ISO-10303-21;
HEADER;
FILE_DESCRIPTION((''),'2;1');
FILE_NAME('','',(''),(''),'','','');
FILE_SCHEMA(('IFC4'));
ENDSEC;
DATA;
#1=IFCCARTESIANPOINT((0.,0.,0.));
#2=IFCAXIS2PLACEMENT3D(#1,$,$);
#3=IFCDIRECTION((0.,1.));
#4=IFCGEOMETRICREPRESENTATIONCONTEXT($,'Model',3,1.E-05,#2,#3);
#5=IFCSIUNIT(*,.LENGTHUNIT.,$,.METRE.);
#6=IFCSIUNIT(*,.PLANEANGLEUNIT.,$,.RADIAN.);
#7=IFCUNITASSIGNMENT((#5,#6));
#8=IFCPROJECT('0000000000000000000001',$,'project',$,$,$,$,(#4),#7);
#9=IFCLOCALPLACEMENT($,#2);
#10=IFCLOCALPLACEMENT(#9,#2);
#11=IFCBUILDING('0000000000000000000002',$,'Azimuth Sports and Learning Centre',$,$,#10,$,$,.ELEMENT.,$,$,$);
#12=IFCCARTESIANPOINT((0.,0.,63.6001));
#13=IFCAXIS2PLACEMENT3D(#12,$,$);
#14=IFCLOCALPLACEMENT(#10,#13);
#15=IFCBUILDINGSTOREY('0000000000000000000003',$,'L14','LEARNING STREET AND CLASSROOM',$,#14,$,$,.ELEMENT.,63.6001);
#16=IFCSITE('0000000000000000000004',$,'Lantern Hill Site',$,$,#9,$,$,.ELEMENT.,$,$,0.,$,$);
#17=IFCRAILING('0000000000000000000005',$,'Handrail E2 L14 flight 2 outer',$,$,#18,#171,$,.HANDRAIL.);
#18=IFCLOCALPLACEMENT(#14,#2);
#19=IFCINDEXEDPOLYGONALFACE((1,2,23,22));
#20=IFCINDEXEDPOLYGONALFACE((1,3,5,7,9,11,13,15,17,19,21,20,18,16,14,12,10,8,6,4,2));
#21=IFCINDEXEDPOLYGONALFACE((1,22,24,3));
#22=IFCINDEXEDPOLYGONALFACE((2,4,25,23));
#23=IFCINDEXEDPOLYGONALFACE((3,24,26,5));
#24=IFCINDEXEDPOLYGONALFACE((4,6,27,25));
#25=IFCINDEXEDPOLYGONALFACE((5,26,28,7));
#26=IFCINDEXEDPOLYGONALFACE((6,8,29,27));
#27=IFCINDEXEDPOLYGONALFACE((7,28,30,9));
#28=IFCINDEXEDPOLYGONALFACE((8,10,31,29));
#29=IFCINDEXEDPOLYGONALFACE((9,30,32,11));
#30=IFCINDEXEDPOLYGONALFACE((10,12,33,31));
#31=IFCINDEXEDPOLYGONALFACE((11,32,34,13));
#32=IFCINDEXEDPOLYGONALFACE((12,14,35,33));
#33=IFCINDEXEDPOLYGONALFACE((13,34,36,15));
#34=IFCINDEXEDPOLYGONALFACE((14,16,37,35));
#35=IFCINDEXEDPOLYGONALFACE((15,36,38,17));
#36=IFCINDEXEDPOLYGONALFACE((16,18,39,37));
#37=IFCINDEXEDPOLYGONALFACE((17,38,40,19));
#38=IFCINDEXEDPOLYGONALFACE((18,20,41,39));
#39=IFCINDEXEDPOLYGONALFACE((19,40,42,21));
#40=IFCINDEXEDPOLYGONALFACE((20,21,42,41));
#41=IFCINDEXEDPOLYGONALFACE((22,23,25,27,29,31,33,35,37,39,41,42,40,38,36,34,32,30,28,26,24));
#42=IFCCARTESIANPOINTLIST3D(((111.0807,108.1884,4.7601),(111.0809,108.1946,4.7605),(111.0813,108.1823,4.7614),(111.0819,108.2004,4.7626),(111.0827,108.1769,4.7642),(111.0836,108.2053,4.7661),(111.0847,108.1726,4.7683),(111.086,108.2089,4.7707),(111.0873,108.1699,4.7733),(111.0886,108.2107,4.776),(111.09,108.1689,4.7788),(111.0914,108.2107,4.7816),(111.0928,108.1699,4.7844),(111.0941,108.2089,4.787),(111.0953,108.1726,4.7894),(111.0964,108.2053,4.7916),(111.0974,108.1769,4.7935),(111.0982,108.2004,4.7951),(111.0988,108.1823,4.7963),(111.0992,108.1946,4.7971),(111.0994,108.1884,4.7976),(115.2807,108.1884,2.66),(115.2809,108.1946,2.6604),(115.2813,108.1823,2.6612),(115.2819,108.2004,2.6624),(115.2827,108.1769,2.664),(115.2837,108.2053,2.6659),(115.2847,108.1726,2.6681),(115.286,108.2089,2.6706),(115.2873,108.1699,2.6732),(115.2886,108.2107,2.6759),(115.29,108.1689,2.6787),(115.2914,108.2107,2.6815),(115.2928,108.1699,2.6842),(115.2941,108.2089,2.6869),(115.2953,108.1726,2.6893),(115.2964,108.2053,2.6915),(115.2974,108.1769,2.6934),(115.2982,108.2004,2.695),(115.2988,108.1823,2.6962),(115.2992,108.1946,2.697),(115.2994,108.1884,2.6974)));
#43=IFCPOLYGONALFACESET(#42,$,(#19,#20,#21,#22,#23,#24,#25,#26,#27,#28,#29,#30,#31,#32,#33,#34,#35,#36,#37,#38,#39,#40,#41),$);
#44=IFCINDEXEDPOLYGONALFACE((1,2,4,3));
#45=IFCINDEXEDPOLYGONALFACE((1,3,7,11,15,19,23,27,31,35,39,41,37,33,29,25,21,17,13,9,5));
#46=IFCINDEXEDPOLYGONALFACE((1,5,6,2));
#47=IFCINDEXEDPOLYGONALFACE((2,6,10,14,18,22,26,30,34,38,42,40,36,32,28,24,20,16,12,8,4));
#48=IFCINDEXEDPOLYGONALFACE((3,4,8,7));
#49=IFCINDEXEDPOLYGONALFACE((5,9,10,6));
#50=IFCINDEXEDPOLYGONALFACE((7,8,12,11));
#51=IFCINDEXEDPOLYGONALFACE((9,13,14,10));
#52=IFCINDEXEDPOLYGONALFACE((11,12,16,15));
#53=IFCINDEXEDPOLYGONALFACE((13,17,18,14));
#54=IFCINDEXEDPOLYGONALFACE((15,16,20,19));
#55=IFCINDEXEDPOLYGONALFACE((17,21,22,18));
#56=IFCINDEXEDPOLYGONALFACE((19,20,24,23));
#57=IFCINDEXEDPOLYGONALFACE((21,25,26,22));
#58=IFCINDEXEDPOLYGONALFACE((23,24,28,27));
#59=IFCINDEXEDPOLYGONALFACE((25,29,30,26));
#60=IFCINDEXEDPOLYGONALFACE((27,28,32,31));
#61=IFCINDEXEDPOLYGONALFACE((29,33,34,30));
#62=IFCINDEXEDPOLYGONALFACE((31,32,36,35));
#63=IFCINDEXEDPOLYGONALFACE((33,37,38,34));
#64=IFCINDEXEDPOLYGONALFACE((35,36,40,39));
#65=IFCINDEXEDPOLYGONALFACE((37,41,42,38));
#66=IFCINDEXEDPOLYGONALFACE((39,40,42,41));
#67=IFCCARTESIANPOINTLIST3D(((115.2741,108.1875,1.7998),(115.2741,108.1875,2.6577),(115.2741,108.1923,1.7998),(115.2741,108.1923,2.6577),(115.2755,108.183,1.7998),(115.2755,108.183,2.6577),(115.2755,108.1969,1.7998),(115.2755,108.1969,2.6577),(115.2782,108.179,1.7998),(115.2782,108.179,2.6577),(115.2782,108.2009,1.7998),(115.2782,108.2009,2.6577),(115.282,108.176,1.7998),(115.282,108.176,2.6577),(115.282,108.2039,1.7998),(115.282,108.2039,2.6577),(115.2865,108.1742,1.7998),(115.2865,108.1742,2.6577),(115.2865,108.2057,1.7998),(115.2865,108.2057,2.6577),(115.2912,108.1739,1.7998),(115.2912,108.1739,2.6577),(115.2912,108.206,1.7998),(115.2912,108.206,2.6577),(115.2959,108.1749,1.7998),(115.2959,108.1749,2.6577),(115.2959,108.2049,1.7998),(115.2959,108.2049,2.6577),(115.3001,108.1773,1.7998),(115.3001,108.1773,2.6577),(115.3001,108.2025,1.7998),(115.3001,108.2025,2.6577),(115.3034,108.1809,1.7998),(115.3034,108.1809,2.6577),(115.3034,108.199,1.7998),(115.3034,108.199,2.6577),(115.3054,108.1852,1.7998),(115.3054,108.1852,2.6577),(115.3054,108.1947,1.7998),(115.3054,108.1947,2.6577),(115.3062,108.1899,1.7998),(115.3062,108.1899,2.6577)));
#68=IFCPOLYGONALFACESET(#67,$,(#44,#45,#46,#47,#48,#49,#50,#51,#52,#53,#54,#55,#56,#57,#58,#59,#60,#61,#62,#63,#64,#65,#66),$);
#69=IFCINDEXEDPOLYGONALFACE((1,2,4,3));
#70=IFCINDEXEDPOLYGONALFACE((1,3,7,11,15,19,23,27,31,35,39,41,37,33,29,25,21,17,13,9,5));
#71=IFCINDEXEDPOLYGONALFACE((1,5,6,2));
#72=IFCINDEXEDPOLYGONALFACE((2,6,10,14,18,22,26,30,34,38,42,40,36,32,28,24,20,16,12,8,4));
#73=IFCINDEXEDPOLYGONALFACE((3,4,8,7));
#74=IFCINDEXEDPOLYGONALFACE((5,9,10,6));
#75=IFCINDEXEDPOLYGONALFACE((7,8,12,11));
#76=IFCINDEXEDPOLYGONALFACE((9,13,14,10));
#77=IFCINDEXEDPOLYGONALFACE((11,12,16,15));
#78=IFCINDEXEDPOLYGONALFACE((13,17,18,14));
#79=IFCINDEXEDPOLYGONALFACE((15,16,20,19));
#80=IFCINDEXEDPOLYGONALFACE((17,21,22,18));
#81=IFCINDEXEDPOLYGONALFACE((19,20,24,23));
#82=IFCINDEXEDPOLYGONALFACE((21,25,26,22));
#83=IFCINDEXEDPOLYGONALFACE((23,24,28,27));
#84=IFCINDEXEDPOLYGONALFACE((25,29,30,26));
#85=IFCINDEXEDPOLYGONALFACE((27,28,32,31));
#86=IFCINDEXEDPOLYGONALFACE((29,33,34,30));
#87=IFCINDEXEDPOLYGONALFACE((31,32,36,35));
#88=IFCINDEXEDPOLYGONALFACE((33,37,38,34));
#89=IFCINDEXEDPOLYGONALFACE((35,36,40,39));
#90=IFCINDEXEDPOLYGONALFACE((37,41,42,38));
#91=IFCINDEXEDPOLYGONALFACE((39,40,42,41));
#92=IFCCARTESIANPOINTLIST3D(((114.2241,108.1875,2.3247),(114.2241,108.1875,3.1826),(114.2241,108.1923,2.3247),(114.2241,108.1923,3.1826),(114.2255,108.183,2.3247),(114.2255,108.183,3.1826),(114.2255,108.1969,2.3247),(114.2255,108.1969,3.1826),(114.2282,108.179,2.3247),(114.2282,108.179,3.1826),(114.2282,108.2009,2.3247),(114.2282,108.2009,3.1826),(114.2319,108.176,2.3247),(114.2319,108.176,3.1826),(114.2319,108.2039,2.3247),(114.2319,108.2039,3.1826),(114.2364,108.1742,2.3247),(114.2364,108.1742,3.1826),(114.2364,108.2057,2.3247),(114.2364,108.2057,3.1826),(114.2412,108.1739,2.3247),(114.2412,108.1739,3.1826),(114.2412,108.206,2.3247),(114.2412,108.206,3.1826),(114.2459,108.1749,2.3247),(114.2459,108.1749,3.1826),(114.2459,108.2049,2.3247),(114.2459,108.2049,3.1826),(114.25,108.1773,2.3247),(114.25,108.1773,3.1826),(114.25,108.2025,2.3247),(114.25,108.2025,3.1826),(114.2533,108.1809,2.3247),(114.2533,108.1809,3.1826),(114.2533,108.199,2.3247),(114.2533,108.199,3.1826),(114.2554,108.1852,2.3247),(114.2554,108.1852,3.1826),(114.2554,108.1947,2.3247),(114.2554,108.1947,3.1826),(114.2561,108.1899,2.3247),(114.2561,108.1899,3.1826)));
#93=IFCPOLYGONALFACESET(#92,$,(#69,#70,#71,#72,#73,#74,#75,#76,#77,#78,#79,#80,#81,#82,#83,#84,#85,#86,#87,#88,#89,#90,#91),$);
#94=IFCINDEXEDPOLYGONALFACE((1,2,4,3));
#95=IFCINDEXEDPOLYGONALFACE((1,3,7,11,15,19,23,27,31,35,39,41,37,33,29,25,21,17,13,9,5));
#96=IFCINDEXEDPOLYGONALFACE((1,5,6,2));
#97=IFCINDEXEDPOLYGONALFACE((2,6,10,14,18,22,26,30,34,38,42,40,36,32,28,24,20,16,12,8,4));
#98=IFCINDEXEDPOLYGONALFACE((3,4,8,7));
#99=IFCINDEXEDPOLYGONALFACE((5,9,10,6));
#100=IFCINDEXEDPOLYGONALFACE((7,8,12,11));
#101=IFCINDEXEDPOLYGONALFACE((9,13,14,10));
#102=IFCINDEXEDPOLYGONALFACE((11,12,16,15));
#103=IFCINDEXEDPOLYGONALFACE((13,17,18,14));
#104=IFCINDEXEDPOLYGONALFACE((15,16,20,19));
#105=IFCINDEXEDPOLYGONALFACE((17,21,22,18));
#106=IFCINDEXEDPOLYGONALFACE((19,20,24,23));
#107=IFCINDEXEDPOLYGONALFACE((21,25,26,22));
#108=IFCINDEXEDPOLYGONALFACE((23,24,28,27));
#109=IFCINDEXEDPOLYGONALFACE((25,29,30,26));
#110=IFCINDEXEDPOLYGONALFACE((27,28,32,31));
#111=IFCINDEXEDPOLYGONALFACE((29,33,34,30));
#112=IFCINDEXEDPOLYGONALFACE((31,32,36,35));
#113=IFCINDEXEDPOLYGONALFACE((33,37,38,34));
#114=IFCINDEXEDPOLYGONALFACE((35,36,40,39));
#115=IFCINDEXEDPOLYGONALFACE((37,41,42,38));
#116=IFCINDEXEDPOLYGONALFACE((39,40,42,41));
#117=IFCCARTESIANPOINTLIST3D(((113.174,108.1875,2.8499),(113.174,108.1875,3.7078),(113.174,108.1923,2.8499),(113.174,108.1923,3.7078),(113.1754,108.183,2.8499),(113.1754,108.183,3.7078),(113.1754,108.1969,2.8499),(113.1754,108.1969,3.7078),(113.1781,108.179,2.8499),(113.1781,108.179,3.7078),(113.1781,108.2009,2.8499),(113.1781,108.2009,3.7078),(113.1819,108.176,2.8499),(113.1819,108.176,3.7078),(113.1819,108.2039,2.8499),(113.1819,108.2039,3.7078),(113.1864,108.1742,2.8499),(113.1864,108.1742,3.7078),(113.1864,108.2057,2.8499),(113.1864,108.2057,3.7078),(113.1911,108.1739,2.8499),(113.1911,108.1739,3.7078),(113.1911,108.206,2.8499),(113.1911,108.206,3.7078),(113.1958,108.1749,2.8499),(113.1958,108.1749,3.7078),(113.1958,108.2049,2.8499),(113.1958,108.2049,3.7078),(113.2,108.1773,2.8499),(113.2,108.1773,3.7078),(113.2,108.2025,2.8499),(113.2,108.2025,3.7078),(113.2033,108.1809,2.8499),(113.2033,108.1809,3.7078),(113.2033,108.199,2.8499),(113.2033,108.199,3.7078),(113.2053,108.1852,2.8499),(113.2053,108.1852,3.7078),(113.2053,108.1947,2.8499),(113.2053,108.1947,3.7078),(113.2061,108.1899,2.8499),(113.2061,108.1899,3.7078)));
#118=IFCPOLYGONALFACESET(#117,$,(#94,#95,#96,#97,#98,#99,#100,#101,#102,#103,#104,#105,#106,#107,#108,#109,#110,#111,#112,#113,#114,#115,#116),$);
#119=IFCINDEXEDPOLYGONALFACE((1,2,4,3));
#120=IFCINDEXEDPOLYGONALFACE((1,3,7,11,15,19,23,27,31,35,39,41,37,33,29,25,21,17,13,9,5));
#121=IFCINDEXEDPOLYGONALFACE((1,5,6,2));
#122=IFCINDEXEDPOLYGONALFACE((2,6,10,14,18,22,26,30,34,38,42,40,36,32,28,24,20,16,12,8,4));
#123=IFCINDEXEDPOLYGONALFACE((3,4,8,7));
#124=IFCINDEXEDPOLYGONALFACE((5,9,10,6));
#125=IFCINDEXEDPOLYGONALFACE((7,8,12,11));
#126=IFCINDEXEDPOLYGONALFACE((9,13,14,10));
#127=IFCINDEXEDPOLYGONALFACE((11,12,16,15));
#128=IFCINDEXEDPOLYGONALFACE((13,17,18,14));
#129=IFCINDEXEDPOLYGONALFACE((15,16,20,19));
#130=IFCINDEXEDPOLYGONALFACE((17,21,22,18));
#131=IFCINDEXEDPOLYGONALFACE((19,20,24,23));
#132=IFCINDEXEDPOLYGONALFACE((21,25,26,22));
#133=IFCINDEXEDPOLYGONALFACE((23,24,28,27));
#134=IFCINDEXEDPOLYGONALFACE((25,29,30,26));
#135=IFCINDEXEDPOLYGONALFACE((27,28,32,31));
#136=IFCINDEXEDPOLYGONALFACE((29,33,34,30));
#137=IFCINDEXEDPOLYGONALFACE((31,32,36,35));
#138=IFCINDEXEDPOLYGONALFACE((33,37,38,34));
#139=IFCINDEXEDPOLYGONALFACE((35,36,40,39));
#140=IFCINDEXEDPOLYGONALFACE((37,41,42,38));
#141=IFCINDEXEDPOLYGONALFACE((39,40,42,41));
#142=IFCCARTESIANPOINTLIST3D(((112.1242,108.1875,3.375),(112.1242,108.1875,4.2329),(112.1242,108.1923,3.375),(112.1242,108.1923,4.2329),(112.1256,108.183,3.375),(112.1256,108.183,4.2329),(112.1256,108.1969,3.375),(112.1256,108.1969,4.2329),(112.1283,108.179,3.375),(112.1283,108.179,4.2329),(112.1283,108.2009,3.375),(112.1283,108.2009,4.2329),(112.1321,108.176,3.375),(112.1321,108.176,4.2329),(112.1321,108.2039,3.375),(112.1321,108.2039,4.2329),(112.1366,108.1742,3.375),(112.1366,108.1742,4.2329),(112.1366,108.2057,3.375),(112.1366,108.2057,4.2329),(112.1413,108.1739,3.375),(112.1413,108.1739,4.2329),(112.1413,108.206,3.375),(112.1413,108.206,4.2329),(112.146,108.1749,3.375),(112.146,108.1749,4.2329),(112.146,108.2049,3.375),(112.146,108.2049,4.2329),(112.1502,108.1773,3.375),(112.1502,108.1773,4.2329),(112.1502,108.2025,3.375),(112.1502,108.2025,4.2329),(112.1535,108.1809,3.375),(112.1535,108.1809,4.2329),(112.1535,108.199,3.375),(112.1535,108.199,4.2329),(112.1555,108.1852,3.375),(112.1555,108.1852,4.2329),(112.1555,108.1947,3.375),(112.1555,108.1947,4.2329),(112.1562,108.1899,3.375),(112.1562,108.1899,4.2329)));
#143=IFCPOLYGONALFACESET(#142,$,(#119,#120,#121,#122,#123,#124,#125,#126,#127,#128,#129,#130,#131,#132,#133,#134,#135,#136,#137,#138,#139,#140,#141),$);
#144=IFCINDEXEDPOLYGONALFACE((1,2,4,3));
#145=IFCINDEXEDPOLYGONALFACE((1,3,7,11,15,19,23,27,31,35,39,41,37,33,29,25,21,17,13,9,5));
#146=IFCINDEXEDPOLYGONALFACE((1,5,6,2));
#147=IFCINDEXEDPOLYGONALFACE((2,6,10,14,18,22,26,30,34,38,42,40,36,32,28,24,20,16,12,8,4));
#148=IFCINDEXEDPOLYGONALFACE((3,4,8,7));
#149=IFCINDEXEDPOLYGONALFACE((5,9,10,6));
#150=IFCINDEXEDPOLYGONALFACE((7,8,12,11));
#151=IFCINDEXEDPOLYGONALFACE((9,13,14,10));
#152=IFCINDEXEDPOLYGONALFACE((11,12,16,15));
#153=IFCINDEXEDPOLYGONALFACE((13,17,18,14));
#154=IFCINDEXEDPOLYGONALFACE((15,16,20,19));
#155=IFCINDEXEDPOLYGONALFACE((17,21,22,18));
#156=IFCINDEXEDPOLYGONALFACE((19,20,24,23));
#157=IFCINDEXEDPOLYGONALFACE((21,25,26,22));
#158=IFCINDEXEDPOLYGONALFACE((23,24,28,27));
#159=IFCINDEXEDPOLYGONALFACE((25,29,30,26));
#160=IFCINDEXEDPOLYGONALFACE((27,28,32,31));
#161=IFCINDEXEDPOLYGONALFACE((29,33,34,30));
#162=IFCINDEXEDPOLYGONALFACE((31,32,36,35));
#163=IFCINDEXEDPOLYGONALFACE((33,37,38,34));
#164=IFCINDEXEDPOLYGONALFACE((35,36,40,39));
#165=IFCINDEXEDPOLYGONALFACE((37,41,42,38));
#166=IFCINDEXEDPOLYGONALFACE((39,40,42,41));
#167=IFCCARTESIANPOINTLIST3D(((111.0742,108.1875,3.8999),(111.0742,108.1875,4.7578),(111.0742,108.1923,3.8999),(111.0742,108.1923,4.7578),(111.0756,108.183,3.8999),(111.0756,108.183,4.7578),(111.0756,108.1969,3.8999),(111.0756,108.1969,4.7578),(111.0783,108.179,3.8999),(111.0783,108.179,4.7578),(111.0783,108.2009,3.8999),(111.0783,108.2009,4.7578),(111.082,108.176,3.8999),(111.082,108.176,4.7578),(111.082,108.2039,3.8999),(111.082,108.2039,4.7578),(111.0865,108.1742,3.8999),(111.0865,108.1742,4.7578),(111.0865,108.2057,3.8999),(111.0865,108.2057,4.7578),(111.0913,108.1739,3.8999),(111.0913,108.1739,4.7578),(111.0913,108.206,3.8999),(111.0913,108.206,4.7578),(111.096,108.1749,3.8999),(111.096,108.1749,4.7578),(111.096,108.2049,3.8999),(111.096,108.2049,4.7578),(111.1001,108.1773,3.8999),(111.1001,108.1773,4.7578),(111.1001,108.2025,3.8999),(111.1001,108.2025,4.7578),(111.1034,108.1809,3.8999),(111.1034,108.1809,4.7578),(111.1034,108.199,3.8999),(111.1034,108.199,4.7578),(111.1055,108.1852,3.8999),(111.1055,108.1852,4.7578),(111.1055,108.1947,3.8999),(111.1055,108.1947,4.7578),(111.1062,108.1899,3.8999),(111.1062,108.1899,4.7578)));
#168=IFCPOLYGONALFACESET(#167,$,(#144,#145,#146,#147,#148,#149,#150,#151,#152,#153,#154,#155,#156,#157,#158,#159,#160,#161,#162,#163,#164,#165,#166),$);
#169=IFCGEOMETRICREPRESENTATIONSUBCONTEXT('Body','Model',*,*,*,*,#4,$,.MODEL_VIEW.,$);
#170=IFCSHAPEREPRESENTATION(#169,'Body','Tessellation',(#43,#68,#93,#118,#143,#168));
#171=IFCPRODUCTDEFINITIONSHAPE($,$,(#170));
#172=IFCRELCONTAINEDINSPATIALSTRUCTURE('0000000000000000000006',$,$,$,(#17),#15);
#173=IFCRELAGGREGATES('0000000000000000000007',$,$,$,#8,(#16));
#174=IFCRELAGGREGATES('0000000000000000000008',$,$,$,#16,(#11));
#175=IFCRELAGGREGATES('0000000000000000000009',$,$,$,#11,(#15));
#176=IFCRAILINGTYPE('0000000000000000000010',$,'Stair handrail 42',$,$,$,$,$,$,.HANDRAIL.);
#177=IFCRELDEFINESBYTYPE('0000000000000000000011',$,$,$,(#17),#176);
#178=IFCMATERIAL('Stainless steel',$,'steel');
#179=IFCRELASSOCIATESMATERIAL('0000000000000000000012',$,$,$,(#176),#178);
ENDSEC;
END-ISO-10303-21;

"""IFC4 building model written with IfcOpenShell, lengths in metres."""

from ifc_helpers import new_model, si_unit, direction, frame, origin, origin_2d, place, context, subcontext, project, spatial, circle, extrude, material, type_object, element, save


model = new_model("IFC4")

# Units and contexts
model_context = context("Model", 3, precision=1e-05, world=origin(), true_north=direction((0.0, 1.0)))
body_context = subcontext(model_context, "Body", "Model", "MODEL_VIEW")
ifc_project = project(units=[si_unit("LENGTHUNIT", "METRE"), si_unit("PLANEANGLEUNIT", "RADIAN")], contexts=[model_context])

# Site, building, storey
site_placement = place(None, origin())
site = spatial("IfcSite", under=ifc_project, at=site_placement, Name="Lantern Hill Site", CompositionType="ELEMENT", RefElevation=0.0)
building_placement = place(site_placement, origin())
building = spatial("IfcBuilding", under=site, at=building_placement, Name="Azimuth Sports and Learning Centre", CompositionType="ELEMENT")
storey_placement = place(building_placement, frame((0.0, 0.0, 63.6001)))
storey = spatial("IfcBuildingStorey", under=building, at=storey_placement, Name="L14", Description="LEARNING STREET AND CLASSROOM", CompositionType="ELEMENT", Elevation=63.6001)

# Railing
ifc_material_1 = material(Name="Stainless steel", Category="steel")
railing_type = type_object("IfcRailingType", Name="Stair handrail 42", PredefinedType="HANDRAIL", material=ifc_material_1)
for number, where, name in (
    (1, (115.29, 108.1899, 1.7998), "Handrail E2 L14 flight 2 outer"),
):
    element("IfcRailing", number, at=place(storey_placement, frame(where)), inside=storey, type_object=railing_type, Name=name, PredefinedType="HANDRAIL", context=body_context, shape_type="SweptSolid", body=[
        extrude(circle(Radius=0.021, at=origin_2d()), frame((0.0, 0.0, 0.8789), z_axis=(-0.894417, 0.0, 0.447234), x_axis=(0.0, -1.0, 0.0)), (0.0, 0.0, 1.0), 4.6958),
        extrude(circle(Radius=0.0161, at=origin_2d()), origin(), (0.0, 0.0, 1.0), 0.8579),
        extrude(circle(Radius=0.0161, at=origin_2d()), frame((-1.05, 0.0, 0.5249)), (0.0, 0.0, 1.0), 0.8579),
        extrude(circle(Radius=0.0161, at=origin_2d()), frame((-2.1001, 0.0, 1.05)), (0.0, 0.0, 1.0), 0.8579),
        extrude(circle(Radius=0.0161, at=origin_2d()), frame((-3.1499, 0.0, 1.5752)), (0.0, 0.0, 1.0), 0.8579),
        extrude(circle(Radius=0.0161, at=origin_2d()), frame((-4.2, 0.0, 2.1001)), (0.0, 0.0, 1.0), 0.8579),
    ])

save(model, "model.ifc")
